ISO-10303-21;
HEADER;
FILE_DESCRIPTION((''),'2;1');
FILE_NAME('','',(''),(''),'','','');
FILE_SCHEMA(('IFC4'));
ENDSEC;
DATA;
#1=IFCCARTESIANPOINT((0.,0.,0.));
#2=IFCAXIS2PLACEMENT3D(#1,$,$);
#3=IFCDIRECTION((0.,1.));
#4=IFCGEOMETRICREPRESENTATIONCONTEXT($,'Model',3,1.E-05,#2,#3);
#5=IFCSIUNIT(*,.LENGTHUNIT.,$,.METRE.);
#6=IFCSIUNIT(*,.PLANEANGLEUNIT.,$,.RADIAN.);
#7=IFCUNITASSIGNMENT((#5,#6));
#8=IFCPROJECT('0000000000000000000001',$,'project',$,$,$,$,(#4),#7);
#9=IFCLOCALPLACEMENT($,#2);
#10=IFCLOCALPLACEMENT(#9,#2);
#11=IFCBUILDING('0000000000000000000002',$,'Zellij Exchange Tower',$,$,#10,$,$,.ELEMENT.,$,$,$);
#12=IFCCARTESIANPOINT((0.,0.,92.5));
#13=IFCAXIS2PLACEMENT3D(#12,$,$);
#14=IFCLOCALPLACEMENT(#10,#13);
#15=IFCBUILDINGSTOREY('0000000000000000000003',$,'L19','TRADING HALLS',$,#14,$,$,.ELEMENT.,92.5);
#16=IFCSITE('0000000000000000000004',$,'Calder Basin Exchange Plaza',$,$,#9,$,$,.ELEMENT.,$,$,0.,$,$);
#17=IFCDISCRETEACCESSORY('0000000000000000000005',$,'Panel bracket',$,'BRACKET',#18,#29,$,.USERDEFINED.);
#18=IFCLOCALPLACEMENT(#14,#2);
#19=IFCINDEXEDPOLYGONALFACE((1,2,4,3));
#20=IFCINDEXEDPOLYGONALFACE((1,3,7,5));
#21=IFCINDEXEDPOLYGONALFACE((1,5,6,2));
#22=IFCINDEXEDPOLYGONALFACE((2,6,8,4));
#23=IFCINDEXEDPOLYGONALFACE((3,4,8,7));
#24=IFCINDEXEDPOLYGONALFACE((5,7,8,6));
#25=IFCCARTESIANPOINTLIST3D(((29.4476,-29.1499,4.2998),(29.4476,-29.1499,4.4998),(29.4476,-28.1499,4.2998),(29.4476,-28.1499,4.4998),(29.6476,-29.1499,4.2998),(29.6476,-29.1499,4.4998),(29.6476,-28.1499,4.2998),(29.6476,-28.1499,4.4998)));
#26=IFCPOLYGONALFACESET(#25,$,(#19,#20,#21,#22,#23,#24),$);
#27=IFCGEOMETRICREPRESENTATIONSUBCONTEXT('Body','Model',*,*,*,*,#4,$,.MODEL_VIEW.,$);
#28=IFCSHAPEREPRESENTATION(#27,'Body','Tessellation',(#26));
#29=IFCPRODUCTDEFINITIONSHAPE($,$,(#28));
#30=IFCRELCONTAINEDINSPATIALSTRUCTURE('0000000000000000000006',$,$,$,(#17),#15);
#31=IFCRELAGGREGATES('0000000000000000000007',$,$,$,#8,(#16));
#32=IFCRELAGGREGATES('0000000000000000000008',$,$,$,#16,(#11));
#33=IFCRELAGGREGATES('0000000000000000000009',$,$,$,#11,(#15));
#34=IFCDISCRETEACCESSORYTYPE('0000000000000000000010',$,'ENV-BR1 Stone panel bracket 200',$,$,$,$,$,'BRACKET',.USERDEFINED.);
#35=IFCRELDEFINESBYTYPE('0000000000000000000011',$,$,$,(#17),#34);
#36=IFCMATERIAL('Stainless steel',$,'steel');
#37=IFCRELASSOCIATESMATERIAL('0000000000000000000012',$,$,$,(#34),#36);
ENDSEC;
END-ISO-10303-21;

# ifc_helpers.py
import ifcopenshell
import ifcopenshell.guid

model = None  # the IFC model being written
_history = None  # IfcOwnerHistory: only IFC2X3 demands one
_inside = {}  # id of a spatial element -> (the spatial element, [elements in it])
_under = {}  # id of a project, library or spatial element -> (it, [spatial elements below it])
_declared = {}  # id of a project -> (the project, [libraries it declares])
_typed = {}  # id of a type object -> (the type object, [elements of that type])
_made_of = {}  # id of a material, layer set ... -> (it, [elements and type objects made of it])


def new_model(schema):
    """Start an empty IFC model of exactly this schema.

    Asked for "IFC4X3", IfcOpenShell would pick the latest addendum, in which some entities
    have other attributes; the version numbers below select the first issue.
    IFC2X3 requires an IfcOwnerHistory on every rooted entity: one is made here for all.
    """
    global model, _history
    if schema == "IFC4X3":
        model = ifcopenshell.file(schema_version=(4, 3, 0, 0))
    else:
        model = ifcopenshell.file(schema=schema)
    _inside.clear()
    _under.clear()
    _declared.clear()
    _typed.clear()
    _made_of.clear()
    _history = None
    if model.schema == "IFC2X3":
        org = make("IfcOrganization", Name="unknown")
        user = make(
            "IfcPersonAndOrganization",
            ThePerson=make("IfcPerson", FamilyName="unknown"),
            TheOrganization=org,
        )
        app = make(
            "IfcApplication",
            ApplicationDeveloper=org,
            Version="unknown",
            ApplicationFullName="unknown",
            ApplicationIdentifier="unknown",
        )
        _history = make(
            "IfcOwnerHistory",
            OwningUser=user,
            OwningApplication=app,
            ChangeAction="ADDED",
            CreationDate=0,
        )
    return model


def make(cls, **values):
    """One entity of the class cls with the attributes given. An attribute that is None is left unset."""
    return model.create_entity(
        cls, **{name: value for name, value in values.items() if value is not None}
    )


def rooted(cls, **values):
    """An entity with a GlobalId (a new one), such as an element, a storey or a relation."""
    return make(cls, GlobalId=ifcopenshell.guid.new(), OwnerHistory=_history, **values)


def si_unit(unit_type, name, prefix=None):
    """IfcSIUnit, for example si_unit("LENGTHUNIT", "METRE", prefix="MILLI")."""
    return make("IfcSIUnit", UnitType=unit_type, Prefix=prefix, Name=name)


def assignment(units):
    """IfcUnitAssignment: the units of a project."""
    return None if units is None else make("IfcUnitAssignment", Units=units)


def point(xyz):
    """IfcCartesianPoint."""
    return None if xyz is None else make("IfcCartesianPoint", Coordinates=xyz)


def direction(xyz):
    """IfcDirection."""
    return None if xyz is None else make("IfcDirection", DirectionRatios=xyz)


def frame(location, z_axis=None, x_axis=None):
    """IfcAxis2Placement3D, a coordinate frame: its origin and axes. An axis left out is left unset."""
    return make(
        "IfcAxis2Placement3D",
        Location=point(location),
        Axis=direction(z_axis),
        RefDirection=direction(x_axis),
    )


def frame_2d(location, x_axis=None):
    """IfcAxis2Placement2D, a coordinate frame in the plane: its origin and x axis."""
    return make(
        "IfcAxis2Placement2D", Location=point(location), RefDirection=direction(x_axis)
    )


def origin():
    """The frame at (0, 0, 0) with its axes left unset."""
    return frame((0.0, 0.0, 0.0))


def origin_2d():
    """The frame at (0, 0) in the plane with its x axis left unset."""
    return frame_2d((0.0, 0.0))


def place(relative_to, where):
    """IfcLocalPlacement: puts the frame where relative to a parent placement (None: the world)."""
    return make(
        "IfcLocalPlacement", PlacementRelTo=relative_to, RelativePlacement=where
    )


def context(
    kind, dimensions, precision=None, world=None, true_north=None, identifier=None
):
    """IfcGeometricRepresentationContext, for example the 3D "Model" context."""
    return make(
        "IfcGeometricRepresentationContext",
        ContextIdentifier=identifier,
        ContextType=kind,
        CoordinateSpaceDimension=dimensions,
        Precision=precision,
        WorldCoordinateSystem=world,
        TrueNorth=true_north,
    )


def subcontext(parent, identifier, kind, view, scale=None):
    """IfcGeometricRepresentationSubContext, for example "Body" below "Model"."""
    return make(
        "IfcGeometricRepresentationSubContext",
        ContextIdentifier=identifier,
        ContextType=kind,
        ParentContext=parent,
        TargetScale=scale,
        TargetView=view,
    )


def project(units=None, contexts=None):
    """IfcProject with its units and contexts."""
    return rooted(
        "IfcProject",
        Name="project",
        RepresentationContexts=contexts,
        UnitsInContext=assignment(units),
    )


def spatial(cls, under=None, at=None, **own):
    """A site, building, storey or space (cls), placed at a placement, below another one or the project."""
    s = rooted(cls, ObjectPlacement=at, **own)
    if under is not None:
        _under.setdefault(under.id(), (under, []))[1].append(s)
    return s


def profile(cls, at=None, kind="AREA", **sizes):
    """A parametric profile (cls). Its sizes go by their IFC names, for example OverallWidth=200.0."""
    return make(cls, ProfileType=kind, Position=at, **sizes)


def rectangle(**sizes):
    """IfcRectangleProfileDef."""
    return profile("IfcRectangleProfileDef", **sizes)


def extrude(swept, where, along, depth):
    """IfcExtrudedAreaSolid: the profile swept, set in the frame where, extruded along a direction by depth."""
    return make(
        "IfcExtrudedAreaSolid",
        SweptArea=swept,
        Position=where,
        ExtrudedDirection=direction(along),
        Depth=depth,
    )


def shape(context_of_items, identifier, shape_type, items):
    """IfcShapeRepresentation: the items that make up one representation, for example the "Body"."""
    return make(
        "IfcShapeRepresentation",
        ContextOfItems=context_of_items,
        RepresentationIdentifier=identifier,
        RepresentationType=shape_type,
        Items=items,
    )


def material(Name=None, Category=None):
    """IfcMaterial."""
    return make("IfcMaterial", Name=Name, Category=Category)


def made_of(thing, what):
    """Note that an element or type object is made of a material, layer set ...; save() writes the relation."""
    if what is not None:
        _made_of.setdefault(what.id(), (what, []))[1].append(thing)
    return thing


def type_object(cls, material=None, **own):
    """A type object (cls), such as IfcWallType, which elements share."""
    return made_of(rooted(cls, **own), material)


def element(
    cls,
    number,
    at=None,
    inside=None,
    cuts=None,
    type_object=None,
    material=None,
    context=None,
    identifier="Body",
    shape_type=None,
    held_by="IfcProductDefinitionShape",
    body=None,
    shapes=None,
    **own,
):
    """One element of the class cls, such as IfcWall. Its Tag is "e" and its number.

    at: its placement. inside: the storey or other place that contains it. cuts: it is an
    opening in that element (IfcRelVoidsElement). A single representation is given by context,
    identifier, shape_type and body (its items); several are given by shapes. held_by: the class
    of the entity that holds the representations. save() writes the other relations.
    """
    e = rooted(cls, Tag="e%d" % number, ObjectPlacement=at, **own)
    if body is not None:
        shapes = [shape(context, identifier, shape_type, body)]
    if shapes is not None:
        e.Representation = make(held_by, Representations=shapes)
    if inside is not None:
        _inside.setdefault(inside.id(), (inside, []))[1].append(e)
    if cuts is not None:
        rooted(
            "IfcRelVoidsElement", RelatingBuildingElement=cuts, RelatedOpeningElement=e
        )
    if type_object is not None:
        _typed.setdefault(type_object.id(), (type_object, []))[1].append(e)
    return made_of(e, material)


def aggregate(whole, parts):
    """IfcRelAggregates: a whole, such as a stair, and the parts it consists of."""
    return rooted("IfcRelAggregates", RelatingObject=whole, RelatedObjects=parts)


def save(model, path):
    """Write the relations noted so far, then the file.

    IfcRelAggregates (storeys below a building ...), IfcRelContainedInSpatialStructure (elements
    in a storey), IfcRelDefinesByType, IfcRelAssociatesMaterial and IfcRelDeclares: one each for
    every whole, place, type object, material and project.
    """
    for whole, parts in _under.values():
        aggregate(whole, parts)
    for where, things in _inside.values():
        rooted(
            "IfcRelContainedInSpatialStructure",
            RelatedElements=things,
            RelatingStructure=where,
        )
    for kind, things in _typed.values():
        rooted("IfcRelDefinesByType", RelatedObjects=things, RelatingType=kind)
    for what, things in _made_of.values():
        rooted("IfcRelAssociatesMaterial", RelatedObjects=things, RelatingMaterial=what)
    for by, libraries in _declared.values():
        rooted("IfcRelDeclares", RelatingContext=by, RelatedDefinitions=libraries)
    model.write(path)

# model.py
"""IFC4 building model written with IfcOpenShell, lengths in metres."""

from ifc_helpers import new_model, si_unit, direction, frame, origin, origin_2d, place, context, subcontext, project, spatial, rectangle, extrude, material, type_object, element, save


model = new_model("IFC4")

# Units and contexts
model_context = context("Model", 3, precision=1e-05, world=origin(), true_north=direction((0.0, 1.0)))
body_context = subcontext(model_context, "Body", "Model", "MODEL_VIEW")
ifc_project = project(units=[si_unit("LENGTHUNIT", "METRE"), si_unit("PLANEANGLEUNIT", "RADIAN")], contexts=[model_context])

# Site, building, storey
site_placement = place(None, origin())
site = spatial("IfcSite", under=ifc_project, at=site_placement, Name="Calder Basin Exchange Plaza", CompositionType="ELEMENT", RefElevation=0.0)
building_placement = place(site_placement, origin())
building = spatial("IfcBuilding", under=site, at=building_placement, Name="Zellij Exchange Tower", CompositionType="ELEMENT")
storey_placement = place(building_placement, frame((0.0, 0.0, 92.5)))
storey = spatial("IfcBuildingStorey", under=building, at=storey_placement, Name="L19", Description="TRADING HALLS", CompositionType="ELEMENT", Elevation=92.5)

# Discrete accessory
ifc_material_1 = material(Name="Stainless steel", Category="steel")
discrete_accessory_type = type_object("IfcDiscreteAccessoryType", Name="ENV-BR1 Stone panel bracket 200", ElementType="BRACKET", PredefinedType="USERDEFINED", material=ifc_material_1)
for number, where, z_axis, x_axis, name in (
    (1, (29.5476, -28.6499, 4.2998), (0.0, 0.0, 1.0), (1.0, 0.0, 0.0), "Panel bracket"),
):
    element("IfcDiscreteAccessory", number, at=place(storey_placement, frame(where, z_axis=z_axis, x_axis=x_axis)), inside=storey, type_object=discrete_accessory_type, Name=name, ObjectType="BRACKET", PredefinedType="USERDEFINED", context=body_context, shape_type="SweptSolid", body=[
        extrude(rectangle(XDim=0.2, YDim=1.0, at=origin_2d()), origin(), (0.0, 0.0, 1.0), 0.2),
    ])

save(model, "model.ifc")
